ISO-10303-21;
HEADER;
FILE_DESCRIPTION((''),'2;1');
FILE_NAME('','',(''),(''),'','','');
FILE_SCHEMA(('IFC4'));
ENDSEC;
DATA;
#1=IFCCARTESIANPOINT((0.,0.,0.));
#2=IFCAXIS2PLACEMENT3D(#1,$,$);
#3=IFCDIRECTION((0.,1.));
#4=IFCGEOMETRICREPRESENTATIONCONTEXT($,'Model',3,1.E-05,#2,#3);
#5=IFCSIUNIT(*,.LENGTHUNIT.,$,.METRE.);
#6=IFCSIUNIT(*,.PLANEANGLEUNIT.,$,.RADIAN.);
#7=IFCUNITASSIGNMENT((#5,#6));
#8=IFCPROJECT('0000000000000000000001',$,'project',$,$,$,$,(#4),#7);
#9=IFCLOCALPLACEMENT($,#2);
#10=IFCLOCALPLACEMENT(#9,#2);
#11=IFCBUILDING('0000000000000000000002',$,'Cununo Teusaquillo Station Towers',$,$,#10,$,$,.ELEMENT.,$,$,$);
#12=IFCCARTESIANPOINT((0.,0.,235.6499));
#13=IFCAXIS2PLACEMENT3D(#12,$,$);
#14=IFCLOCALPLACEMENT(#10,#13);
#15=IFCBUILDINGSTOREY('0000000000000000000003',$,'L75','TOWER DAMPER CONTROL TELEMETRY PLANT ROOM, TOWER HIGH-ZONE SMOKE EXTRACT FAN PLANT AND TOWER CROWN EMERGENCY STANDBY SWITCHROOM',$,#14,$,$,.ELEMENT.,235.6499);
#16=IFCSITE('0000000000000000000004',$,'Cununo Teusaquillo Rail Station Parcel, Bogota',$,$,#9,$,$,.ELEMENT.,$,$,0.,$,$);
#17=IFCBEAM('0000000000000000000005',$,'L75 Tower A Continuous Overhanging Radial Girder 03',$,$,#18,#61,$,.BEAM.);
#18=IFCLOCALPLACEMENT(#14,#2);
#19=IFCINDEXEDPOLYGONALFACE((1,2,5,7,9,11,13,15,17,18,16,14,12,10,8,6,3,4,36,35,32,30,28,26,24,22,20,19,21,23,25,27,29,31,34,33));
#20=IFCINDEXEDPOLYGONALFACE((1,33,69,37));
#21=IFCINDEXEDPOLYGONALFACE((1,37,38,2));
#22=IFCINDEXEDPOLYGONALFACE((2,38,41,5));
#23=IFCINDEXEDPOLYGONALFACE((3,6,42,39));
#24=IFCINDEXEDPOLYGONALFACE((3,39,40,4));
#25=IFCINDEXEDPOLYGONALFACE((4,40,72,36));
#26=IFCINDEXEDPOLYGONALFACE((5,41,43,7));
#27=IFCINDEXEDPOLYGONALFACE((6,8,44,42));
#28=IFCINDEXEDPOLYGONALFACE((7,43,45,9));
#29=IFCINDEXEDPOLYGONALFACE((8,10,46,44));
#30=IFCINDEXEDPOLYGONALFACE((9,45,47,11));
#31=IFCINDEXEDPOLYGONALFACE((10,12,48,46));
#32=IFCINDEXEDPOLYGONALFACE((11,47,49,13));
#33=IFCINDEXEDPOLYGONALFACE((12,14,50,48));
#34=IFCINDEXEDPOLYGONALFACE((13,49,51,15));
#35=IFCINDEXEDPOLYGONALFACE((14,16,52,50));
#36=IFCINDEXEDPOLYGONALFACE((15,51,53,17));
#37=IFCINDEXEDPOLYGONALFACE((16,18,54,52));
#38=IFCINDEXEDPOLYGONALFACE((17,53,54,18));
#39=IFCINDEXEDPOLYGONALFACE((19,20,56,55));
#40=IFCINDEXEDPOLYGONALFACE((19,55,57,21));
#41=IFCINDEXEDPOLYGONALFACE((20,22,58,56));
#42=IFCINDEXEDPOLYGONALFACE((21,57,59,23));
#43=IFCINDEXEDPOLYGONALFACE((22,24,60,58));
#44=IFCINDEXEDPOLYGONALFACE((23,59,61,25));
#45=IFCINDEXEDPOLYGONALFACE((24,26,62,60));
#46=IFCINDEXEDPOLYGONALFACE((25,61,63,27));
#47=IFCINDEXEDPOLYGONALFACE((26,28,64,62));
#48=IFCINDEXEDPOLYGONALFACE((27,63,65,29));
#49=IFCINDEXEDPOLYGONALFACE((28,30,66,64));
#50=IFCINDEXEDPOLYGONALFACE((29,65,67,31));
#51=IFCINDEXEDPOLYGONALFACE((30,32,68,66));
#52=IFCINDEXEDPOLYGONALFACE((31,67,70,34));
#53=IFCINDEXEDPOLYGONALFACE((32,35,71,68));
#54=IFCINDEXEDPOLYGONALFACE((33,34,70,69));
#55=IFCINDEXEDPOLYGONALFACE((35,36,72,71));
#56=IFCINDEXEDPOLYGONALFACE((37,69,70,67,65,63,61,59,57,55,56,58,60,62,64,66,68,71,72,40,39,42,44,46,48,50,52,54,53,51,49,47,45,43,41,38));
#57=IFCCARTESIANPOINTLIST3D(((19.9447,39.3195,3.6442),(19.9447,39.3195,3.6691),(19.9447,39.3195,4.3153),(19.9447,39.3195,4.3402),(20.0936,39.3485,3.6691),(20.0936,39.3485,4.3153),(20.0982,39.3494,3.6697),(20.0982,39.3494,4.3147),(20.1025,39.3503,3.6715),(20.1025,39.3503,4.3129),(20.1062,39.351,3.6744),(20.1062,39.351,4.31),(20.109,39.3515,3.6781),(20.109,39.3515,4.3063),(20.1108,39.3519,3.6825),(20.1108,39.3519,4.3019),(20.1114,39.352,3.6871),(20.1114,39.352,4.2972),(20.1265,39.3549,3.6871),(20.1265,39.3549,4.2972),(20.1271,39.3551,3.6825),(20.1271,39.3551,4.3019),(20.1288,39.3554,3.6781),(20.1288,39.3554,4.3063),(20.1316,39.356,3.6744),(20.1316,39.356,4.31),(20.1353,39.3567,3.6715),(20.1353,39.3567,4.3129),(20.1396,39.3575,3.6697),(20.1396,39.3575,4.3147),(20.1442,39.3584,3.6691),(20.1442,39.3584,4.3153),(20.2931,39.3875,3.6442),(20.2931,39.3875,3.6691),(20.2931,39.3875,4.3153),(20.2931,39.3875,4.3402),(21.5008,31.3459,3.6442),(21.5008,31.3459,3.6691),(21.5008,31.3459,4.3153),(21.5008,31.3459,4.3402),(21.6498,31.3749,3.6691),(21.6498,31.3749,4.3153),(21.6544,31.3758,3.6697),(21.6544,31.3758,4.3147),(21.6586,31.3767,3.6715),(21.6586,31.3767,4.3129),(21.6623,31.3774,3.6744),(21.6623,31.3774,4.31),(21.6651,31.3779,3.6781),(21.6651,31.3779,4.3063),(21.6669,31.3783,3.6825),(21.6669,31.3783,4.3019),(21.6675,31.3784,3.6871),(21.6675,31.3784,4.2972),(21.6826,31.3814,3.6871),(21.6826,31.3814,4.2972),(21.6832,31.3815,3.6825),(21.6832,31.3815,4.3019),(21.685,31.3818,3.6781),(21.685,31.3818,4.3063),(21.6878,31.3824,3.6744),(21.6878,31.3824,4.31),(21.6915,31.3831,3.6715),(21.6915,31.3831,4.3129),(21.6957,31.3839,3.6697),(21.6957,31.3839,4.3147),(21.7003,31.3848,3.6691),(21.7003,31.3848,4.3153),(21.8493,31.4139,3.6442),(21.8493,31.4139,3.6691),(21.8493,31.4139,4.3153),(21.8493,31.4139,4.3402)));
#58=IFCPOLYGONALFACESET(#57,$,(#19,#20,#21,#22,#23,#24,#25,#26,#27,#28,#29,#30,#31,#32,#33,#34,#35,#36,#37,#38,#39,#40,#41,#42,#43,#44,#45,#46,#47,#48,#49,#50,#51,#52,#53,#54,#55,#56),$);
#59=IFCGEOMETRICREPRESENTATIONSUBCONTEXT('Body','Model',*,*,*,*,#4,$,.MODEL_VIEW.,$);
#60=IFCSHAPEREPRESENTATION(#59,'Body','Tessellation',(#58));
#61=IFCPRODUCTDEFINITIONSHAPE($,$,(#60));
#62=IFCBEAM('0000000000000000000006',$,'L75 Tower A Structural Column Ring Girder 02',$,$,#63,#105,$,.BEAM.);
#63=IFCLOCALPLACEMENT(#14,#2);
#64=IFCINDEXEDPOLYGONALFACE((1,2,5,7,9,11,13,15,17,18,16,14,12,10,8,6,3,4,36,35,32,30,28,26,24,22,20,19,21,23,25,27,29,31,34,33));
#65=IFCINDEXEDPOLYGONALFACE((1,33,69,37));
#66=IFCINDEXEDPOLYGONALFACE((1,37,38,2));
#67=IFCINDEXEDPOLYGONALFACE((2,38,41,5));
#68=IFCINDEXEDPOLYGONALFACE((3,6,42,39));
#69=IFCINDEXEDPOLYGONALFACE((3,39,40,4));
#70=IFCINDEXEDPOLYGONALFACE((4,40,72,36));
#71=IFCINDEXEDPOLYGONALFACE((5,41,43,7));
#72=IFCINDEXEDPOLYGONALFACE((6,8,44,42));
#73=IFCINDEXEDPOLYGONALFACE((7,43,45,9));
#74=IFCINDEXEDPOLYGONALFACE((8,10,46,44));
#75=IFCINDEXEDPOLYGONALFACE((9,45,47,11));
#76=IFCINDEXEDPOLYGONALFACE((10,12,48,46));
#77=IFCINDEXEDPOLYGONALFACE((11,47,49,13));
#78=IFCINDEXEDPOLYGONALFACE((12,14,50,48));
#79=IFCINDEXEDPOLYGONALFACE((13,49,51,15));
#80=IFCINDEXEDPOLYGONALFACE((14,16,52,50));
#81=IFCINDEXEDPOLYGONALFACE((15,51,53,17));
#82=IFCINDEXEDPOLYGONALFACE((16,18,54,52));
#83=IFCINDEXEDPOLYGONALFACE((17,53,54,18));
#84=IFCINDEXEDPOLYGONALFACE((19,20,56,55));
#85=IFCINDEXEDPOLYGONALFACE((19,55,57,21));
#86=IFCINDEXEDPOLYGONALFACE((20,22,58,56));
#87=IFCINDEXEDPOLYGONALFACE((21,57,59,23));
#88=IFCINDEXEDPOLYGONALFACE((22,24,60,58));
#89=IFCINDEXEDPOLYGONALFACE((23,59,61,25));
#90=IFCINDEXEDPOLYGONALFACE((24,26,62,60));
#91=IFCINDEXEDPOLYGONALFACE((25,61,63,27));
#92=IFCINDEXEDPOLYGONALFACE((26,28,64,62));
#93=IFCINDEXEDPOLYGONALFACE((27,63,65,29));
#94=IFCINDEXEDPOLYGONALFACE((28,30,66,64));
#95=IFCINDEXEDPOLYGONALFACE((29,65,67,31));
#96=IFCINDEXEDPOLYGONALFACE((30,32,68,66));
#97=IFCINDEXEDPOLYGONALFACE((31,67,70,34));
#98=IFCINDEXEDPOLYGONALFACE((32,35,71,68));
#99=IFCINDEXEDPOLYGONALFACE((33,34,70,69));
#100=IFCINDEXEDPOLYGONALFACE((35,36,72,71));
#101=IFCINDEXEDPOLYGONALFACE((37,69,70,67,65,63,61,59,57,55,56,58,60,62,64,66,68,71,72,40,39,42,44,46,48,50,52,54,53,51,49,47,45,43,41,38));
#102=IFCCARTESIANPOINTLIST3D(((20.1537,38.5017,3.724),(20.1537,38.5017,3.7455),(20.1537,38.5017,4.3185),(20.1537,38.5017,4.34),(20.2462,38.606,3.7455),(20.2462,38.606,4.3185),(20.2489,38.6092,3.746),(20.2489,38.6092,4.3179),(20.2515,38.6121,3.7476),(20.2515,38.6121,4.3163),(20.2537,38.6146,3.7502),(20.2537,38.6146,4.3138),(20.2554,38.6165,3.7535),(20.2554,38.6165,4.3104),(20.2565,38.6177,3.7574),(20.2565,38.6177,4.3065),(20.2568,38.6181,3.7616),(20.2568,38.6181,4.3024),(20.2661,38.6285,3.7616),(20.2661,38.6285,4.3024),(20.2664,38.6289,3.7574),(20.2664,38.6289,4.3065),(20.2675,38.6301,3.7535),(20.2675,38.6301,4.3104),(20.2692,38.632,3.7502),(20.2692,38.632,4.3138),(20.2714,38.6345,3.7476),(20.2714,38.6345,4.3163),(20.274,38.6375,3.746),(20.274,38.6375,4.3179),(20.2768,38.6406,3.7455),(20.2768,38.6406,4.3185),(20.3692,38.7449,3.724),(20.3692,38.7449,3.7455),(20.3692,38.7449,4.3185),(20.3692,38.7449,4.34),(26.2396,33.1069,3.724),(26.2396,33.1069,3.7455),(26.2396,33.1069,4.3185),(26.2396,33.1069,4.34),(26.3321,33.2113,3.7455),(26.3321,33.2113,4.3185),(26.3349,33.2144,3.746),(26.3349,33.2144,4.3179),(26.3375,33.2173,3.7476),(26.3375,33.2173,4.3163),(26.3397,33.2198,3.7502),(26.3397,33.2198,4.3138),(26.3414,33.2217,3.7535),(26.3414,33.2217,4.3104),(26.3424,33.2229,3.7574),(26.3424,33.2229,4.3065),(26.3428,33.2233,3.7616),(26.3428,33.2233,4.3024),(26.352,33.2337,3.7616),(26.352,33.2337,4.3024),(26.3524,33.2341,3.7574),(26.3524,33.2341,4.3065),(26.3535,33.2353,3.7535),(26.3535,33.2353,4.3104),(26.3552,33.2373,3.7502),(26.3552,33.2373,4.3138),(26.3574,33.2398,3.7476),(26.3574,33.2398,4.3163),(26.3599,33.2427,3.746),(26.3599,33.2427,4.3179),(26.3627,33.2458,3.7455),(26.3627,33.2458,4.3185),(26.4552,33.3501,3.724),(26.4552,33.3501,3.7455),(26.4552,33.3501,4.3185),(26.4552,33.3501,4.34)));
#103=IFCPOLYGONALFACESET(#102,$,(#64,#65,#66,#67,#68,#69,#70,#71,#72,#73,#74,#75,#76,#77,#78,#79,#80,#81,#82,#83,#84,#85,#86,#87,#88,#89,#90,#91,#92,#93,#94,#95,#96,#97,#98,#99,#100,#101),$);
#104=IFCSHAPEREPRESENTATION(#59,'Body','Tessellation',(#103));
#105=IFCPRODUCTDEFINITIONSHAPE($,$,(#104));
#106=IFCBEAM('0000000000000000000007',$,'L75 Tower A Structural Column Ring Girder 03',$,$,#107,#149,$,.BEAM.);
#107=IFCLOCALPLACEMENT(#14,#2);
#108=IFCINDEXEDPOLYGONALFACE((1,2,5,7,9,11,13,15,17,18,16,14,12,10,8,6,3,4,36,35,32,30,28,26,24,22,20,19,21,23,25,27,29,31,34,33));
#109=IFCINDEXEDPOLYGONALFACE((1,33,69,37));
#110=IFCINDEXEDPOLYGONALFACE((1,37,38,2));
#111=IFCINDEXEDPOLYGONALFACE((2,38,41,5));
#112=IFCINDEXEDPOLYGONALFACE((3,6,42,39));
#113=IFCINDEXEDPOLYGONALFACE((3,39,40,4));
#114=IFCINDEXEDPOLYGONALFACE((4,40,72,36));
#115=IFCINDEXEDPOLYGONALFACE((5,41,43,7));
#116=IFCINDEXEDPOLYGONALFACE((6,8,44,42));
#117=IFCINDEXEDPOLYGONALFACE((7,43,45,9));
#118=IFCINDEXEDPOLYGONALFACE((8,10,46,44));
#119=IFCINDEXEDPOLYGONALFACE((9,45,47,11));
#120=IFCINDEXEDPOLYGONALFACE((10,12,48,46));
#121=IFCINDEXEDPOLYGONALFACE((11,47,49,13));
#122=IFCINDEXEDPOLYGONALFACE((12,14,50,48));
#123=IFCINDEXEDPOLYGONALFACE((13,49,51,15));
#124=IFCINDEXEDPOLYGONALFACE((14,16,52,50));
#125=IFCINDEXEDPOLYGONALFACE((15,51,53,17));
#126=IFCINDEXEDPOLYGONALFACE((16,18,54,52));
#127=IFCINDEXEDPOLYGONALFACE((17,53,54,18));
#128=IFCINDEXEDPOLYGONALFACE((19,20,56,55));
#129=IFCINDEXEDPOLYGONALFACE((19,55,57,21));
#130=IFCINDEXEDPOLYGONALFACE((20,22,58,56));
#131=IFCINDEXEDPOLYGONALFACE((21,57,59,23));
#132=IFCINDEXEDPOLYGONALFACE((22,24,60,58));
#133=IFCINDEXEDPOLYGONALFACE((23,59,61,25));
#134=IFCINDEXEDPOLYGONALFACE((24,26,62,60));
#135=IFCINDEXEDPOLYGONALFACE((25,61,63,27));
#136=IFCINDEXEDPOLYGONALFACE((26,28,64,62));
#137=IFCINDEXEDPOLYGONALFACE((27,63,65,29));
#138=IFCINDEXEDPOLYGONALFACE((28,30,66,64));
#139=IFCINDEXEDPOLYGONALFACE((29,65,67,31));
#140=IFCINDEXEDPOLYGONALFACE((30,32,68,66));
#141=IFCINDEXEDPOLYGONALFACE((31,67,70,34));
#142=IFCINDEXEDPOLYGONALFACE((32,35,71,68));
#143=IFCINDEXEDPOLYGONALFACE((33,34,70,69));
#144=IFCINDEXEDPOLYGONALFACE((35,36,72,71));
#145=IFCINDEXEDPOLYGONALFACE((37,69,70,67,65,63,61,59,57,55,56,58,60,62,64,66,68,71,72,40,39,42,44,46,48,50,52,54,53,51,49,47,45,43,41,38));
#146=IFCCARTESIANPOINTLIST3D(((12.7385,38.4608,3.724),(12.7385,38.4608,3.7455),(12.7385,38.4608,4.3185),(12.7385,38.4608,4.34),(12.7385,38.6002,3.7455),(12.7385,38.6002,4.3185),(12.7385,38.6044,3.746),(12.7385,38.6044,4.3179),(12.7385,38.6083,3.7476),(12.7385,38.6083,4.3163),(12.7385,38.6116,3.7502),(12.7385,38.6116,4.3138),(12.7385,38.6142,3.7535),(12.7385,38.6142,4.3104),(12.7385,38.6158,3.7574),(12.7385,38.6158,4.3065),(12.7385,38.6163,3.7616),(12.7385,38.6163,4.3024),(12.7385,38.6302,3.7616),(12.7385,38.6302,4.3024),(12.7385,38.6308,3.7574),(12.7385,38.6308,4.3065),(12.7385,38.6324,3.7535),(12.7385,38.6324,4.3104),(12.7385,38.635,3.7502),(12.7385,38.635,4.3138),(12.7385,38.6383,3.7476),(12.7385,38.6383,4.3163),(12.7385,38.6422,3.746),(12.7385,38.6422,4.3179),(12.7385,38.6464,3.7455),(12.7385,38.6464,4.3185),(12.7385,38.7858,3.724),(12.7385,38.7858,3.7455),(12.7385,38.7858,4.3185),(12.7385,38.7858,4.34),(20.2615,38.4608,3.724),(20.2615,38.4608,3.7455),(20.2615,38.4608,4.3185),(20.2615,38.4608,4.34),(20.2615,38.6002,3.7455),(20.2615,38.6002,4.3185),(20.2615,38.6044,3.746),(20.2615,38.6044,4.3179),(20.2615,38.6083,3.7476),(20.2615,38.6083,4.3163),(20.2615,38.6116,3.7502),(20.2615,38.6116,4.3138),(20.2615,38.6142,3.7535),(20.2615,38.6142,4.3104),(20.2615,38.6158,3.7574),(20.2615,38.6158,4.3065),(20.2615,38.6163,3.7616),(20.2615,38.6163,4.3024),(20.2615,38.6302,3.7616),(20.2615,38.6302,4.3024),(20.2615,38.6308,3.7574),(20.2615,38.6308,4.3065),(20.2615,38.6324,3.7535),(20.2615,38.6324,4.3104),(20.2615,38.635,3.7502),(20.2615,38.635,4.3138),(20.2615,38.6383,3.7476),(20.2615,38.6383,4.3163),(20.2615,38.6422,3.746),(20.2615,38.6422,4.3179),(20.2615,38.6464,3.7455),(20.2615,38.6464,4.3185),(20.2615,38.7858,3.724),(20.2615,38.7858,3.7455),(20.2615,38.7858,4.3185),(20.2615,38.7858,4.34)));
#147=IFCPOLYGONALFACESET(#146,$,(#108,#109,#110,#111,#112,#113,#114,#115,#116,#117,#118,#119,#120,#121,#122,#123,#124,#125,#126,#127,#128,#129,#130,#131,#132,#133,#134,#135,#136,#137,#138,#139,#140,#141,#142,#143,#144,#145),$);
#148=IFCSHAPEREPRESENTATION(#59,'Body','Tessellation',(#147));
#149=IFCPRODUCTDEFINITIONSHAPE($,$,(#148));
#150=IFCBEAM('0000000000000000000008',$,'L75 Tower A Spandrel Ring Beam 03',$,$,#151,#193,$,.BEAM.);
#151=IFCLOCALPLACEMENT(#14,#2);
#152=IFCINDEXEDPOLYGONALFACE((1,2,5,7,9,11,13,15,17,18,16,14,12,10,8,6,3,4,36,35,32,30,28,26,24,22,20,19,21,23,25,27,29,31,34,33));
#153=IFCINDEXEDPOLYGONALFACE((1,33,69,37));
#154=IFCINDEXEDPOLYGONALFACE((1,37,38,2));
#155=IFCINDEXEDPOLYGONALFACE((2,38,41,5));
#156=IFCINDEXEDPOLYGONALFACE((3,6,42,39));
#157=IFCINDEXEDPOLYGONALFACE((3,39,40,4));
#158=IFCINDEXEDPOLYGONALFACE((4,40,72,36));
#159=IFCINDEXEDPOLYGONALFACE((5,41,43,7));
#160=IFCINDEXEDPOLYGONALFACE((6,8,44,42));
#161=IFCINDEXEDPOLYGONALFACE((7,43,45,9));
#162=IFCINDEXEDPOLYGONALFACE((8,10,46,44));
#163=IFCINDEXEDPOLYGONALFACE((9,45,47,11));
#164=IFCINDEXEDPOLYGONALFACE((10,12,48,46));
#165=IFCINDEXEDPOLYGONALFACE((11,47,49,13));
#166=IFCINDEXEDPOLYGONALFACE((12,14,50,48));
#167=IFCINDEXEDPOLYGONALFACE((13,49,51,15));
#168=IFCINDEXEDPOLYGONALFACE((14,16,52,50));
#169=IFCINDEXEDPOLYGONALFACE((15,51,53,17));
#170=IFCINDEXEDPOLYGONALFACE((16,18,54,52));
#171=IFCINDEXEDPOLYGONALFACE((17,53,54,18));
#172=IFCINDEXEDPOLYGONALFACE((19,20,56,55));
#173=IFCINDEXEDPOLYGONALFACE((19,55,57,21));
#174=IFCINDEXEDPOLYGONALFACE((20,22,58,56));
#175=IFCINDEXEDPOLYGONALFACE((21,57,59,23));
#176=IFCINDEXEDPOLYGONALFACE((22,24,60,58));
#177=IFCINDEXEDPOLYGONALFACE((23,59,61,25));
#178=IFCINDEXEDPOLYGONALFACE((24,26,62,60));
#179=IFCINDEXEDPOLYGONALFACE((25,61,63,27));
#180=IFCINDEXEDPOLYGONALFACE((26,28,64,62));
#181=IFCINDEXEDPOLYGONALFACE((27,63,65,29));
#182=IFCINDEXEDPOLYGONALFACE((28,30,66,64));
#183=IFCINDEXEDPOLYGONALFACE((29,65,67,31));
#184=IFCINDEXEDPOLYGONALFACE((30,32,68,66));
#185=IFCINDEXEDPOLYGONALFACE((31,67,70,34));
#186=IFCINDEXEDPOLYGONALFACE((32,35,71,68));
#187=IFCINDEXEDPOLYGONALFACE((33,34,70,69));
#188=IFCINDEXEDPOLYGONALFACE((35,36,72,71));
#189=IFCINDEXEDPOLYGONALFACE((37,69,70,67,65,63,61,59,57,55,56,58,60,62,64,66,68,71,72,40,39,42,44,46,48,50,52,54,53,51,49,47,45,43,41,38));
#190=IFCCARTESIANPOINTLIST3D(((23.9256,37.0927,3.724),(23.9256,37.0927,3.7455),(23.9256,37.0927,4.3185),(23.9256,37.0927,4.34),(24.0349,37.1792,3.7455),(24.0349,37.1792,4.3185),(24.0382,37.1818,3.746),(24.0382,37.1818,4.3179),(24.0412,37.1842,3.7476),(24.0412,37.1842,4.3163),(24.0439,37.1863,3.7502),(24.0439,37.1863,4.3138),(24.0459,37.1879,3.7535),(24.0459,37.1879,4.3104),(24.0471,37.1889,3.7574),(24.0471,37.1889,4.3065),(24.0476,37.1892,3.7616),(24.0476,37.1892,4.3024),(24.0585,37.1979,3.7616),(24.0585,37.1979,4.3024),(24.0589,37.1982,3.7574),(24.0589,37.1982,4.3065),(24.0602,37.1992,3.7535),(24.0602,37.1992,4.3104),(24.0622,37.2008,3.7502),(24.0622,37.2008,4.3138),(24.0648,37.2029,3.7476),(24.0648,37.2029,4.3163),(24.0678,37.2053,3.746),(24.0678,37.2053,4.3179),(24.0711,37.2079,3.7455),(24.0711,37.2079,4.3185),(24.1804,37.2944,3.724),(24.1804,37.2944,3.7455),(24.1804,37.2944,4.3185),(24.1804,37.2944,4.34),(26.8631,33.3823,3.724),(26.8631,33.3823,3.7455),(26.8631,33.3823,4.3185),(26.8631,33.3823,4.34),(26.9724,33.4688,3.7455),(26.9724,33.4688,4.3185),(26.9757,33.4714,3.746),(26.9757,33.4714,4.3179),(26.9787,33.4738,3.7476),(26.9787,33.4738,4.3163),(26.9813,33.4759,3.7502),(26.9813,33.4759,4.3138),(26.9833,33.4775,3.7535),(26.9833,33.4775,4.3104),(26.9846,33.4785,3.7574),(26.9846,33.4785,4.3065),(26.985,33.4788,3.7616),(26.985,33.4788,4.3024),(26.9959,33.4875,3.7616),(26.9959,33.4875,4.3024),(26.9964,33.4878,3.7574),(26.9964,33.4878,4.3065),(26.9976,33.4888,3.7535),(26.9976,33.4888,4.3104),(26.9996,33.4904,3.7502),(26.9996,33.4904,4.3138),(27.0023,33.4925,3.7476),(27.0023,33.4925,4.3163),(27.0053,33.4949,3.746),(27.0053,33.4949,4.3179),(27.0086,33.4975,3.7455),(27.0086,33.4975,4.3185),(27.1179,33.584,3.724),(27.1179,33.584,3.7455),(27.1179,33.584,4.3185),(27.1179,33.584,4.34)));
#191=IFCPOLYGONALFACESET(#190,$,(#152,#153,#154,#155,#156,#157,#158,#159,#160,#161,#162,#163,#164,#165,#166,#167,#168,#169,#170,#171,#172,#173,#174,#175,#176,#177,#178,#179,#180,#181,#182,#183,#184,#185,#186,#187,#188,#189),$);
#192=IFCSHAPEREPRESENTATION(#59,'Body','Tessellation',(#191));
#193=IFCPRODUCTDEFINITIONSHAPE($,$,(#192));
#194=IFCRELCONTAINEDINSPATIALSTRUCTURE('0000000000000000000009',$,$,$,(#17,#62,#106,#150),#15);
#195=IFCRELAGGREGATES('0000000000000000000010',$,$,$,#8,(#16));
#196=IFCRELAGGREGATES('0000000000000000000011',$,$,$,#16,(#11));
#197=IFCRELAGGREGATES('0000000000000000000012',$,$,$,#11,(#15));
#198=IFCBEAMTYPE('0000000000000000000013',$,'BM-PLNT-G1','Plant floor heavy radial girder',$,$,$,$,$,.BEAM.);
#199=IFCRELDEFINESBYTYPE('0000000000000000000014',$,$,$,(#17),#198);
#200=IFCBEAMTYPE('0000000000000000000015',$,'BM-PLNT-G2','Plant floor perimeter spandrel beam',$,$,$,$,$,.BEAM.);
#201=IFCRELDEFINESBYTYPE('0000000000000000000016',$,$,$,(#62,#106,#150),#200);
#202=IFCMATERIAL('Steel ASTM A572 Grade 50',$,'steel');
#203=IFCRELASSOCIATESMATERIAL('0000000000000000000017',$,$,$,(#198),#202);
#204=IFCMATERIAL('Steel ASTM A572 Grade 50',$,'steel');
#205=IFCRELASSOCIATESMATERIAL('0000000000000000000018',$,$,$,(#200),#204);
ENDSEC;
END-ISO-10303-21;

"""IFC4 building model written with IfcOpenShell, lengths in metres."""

from ifc_helpers import new_model, si_unit, direction, frame, origin, origin_2d, place, context, subcontext, project, spatial, i_section, extrude, material, material_profile, profile_set, type_object, element, save


model = new_model("IFC4")

# Units and contexts
model_context = context("Model", 3, precision=1e-05, world=origin(), true_north=direction((0.0, 1.0)))
body_context = subcontext(model_context, "Body", "Model", "MODEL_VIEW")
ifc_project = project(units=[si_unit("LENGTHUNIT", "METRE"), si_unit("PLANEANGLEUNIT", "RADIAN")], contexts=[model_context])

# Site, building, storey
site_placement = place(None, origin())
site = spatial("IfcSite", under=ifc_project, at=site_placement, Name="Cununo Teusaquillo Rail Station Parcel, Bogota", CompositionType="ELEMENT", RefElevation=0.0)
building_placement = place(site_placement, origin())
building = spatial("IfcBuilding", under=site, at=building_placement, Name="Cununo Teusaquillo Station Towers", CompositionType="ELEMENT")
storey_placement = place(building_placement, frame((0.0, 0.0, 235.6499)))
storey = spatial("IfcBuildingStorey", under=building, at=storey_placement, Name="L75", Description="TOWER DAMPER CONTROL TELEMETRY PLANT ROOM, TOWER HIGH-ZONE SMOKE EXTRACT FAN PLANT AND TOWER CROWN EMERGENCY STANDBY SWITCHROOM", CompositionType="ELEMENT", Elevation=235.6499)

# Beams
ifc_material_1 = material(Name="Steel ASTM A572 Grade 50", Category="steel")
ifc_material_profile_1 = material_profile(ifc_material_1, i_section(OverallWidth=0.355, OverallDepth=0.696, WebThickness=0.0154, FlangeThickness=0.0249, FilletRadius=0.0181, at=origin_2d()), Name="W27X146")
ifc_profile_set_1 = profile_set([ifc_material_profile_1], Name="Steel ASTM A572 Grade 50")
beam_type_1 = type_object("IfcBeamType", Name="BM-PLNT-G1", Description="Plant floor heavy radial girder", PredefinedType="BEAM", material=ifc_profile_set_1)
beam_1_placement = place(storey_placement, frame((21.675, 31.3799, 3.9922), z_axis=(-0.191548, 0.981483, 0.0), x_axis=(-0.981483, -0.191548, 0.0)))
element("IfcBeam", 1, at=beam_1_placement, inside=storey, type_object=beam_type_1, Name="L75 Tower A Continuous Overhanging Radial Girder 03", PredefinedType="BEAM", context=body_context, shape_type="SweptSolid", body=[
    extrude(i_section(OverallWidth=0.355, OverallDepth=0.696, WebThickness=0.0154, FlangeThickness=0.0249, FilletRadius=0.0181, at=origin_2d()), origin(), (0.0, 0.0, 1.0), 8.124),
])
ifc_material_2 = material(Name="Steel ASTM A572 Grade 50", Category="steel")
ifc_material_profile_2 = material_profile(ifc_material_2, i_section(OverallWidth=0.325, OverallDepth=0.616, WebThickness=0.0139, FlangeThickness=0.0215, FilletRadius=0.0161, at=origin_2d()), Name="W24X117")
ifc_profile_set_2 = profile_set([ifc_material_profile_2], Name="Steel ASTM A572 Grade 50")
beam_type_2 = type_object("IfcBeamType", Name="BM-PLNT-G2", Description="Plant floor perimeter spandrel beam", PredefinedType="BEAM", material=ifc_profile_set_2)
beam_2_placement = place(storey_placement, frame((26.3474, 33.2285, 4.032), z_axis=(-0.748321, 0.663337, 0.0), x_axis=(-0.663337, -0.748321, 0.0)))
element("IfcBeam", 2, at=beam_2_placement, inside=storey, type_object=beam_type_2, Name="L75 Tower A Structural Column Ring Girder 02", PredefinedType="BEAM", context=body_context, shape_type="SweptSolid", body=[
    extrude(i_section(OverallWidth=0.325, OverallDepth=0.616, WebThickness=0.0139, FlangeThickness=0.0215, FilletRadius=0.0161, at=origin_2d()), origin(), (0.0, 0.0, 1.0), 8.1328),
])
beam_3_placement = place(storey_placement, frame((20.2615, 38.6233, 4.032), z_axis=(-1.0, 0.0, 0.0), x_axis=(0.0, -1.0, 0.0)))
element("IfcBeam", 3, at=beam_3_placement, inside=storey, type_object=beam_type_2, Name="L75 Tower A Structural Column Ring Girder 03", PredefinedType="BEAM", context=body_context, shape_type="SweptSolid", body=[
    extrude(i_section(OverallWidth=0.325, OverallDepth=0.616, WebThickness=0.0139, FlangeThickness=0.0215, FilletRadius=0.0161, at=origin_2d()), origin(), (0.0, 0.0, 1.0), 7.5229),
])
beam_4_placement = place(storey_placement, frame((26.9905, 33.4832, 4.032), z_axis=(-0.620711, 0.78404, 0.0), x_axis=(-0.78404, -0.620711, 0.0)))
element("IfcBeam", 4, at=beam_4_placement, inside=storey, type_object=beam_type_2, Name="L75 Tower A Spandrel Ring Beam 03", PredefinedType="BEAM", context=body_context, shape_type="SweptSolid", body=[
    extrude(i_section(OverallWidth=0.325, OverallDepth=0.616, WebThickness=0.0139, FlangeThickness=0.0215, FilletRadius=0.0161, at=origin_2d()), origin(), (0.0, 0.0, 1.0), 4.7324),
])

save(model, "model.ifc")
